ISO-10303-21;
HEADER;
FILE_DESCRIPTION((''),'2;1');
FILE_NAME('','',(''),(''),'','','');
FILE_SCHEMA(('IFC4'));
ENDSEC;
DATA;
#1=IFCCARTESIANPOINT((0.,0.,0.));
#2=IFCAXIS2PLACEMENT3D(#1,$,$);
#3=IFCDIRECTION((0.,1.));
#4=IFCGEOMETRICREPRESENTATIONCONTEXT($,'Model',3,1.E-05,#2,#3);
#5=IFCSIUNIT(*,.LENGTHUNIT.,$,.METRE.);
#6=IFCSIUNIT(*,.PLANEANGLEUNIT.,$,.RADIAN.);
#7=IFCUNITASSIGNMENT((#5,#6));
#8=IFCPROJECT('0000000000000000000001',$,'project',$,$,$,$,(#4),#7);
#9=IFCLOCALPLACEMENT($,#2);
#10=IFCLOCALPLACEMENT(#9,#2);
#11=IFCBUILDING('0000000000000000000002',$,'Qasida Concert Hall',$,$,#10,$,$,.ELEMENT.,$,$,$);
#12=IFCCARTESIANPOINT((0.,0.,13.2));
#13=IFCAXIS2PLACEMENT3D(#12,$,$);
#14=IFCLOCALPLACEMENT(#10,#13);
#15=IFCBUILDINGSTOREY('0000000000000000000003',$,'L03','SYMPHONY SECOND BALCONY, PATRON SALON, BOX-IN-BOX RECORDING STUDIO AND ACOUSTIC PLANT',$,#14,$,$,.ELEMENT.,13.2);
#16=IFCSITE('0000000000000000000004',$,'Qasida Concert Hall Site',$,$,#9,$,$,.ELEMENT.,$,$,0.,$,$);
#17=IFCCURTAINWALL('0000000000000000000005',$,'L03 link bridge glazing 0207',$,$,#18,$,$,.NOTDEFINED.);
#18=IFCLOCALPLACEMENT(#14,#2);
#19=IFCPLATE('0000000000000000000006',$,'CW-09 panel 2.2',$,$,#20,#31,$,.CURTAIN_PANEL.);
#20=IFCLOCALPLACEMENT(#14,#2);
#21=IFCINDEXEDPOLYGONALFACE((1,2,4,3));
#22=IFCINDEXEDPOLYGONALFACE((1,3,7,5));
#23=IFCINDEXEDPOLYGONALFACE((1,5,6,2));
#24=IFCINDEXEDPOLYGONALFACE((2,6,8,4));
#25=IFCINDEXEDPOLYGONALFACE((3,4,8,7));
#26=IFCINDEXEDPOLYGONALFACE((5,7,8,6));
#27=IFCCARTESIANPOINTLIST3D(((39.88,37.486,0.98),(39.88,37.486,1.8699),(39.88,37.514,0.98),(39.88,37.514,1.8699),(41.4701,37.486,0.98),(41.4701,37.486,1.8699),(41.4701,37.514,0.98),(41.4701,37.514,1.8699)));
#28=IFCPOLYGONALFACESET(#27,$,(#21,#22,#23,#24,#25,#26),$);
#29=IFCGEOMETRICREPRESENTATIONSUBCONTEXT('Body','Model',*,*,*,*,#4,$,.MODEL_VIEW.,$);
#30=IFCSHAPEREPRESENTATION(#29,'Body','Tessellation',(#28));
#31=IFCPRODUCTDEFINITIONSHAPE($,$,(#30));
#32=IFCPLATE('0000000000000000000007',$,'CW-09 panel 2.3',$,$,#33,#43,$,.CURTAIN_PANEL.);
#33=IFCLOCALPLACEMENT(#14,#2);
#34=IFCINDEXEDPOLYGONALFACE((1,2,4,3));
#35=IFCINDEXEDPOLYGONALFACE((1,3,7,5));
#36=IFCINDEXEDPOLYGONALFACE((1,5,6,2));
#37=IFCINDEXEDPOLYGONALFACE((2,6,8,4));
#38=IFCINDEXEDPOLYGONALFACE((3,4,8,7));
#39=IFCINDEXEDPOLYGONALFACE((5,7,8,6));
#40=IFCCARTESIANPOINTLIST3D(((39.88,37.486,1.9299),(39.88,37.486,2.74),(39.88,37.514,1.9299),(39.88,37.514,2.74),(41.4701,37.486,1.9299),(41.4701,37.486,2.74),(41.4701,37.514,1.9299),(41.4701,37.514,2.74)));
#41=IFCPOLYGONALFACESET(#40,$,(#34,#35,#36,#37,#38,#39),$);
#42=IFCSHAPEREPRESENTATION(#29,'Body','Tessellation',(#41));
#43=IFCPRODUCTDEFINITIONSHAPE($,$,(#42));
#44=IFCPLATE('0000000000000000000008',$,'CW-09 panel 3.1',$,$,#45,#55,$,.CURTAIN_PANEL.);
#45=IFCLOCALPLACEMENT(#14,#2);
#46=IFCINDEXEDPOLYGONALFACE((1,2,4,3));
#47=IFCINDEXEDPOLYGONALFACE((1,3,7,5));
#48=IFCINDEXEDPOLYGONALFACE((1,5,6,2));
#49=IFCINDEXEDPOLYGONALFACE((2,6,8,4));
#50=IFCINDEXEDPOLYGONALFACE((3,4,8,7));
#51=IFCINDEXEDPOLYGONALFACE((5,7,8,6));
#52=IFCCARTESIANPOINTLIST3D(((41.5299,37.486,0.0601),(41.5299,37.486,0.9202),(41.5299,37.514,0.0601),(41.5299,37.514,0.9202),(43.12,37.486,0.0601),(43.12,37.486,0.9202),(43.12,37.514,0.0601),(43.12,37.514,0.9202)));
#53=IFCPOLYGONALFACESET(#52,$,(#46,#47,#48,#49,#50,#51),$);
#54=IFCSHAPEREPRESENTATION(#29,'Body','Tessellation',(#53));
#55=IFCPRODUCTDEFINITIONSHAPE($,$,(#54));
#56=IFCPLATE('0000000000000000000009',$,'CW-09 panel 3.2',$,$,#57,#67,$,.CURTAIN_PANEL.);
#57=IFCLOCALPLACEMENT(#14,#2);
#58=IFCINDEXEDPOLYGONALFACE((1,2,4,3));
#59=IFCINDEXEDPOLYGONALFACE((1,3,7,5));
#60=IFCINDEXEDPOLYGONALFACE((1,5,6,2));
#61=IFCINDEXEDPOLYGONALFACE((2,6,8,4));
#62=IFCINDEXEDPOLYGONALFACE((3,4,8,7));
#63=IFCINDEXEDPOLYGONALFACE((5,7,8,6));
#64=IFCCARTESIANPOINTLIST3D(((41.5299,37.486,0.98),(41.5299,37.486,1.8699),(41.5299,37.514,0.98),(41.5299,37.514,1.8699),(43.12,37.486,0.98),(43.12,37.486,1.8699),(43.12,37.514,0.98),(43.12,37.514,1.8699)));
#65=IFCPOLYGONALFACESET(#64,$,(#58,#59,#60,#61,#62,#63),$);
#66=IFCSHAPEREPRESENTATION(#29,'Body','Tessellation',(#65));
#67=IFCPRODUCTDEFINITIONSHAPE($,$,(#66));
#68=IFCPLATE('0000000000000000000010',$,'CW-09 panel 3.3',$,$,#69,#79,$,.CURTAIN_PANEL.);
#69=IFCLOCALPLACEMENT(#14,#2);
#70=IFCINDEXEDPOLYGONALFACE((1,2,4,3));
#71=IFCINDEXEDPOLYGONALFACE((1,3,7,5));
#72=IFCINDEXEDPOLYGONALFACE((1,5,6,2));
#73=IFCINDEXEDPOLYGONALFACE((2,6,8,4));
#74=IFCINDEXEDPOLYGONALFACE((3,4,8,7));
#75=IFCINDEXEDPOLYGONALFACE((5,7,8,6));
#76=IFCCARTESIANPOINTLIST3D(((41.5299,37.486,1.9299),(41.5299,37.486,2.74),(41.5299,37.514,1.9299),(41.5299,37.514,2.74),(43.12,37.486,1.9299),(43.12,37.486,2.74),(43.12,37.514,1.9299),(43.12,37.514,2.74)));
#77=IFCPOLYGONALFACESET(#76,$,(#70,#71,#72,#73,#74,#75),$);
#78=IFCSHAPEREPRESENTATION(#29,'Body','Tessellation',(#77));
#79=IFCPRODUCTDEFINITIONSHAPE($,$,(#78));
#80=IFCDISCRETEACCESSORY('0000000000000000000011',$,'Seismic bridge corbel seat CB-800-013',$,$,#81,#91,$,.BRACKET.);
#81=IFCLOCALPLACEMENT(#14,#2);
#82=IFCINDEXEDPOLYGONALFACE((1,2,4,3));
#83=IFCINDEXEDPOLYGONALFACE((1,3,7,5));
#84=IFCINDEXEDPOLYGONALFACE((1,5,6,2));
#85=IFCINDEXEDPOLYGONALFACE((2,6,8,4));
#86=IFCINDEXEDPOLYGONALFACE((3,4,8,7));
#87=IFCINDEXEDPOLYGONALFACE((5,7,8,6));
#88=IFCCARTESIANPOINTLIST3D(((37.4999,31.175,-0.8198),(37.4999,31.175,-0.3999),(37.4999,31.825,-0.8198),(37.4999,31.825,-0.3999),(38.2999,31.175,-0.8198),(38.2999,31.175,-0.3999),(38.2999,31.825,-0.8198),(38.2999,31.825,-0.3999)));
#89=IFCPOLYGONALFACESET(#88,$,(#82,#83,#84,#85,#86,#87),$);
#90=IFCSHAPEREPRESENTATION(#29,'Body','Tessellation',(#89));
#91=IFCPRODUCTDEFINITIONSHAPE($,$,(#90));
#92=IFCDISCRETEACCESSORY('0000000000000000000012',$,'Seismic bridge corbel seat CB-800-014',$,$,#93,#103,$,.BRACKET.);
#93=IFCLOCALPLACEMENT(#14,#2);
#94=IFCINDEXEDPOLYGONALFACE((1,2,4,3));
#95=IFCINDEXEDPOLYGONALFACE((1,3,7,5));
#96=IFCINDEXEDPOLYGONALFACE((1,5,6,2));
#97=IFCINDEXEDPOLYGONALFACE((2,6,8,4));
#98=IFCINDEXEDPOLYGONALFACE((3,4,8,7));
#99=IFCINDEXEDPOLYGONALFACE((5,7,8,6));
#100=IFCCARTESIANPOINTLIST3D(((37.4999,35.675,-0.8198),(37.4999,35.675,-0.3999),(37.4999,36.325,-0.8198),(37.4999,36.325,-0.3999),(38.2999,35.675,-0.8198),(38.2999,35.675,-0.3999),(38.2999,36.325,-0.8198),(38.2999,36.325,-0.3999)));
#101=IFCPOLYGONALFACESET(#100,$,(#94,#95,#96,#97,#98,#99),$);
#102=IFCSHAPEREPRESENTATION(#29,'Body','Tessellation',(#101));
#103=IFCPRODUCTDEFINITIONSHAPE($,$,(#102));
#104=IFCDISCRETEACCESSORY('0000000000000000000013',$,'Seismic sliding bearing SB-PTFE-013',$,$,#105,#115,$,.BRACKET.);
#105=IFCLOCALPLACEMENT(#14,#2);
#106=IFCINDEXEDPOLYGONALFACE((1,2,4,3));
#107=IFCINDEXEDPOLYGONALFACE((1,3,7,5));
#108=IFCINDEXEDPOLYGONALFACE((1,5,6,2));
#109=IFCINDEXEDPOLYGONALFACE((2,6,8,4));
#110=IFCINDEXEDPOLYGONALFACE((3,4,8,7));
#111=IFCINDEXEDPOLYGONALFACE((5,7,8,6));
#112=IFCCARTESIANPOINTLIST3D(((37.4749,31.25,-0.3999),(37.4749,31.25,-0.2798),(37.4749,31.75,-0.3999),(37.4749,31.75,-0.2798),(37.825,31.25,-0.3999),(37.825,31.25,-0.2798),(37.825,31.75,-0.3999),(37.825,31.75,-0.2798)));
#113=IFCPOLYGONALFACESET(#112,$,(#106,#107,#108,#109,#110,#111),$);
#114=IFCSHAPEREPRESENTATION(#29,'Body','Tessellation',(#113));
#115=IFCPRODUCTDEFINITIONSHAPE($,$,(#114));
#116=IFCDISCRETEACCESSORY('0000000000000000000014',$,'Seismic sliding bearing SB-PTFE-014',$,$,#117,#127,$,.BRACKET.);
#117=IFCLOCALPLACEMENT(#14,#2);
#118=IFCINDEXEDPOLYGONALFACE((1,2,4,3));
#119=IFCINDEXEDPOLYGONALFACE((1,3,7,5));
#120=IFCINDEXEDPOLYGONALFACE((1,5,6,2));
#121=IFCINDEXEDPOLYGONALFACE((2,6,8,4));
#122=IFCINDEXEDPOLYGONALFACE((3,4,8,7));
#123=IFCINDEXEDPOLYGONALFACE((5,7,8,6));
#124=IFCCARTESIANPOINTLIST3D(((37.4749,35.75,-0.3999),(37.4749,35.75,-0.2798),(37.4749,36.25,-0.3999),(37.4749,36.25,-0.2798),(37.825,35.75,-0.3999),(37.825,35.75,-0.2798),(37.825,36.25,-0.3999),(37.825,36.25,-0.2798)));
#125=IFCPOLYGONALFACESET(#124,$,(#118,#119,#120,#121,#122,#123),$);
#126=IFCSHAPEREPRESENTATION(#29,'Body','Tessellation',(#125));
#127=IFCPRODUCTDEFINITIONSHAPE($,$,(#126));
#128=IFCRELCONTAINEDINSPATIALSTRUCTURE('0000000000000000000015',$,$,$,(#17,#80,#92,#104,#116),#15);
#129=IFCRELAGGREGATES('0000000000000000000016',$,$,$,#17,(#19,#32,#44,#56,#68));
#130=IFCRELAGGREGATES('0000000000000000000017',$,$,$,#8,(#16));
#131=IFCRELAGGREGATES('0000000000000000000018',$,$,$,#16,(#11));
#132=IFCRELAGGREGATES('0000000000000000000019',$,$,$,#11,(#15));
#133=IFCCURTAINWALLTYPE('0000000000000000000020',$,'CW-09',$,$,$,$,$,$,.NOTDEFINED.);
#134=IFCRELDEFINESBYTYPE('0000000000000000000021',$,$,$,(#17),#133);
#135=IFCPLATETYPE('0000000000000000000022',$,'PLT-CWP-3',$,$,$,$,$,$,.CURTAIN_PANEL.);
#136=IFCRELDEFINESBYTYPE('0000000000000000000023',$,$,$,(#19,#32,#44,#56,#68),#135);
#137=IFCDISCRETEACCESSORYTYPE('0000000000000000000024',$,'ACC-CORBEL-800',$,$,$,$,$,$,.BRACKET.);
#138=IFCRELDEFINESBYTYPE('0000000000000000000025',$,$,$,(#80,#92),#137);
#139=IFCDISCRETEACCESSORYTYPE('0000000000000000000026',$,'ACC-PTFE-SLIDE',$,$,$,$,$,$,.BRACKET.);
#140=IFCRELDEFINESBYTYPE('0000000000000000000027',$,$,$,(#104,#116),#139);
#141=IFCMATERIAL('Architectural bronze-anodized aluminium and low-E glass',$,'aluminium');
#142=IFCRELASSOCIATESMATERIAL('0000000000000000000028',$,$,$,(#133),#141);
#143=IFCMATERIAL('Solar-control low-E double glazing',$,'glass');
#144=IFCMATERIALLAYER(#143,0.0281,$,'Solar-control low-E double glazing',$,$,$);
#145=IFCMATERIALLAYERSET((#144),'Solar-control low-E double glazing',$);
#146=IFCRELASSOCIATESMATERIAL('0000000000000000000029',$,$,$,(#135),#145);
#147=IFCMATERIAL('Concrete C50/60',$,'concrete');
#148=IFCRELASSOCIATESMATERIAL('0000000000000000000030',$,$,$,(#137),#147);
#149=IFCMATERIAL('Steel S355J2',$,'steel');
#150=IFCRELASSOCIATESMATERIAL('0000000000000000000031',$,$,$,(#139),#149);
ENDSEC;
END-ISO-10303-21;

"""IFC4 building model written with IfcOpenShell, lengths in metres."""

from ifc_helpers import new_model, si_unit, direction, frame, origin, origin_2d, place, context, subcontext, project, spatial, rectangle, extrude, material, layer, layer_set, type_object, element, aggregate, save


model = new_model("IFC4")

# Units and contexts
model_context = context("Model", 3, precision=1e-05, world=origin(), true_north=direction((0.0, 1.0)))
body_context = subcontext(model_context, "Body", "Model", "MODEL_VIEW")
ifc_project = project(units=[si_unit("LENGTHUNIT", "METRE"), si_unit("PLANEANGLEUNIT", "RADIAN")], contexts=[model_context])

# Site, building, storey
site_placement = place(None, origin())
site = spatial("IfcSite", under=ifc_project, at=site_placement, Name="Qasida Concert Hall Site", CompositionType="ELEMENT", RefElevation=0.0)
building_placement = place(site_placement, origin())
building = spatial("IfcBuilding", under=site, at=building_placement, Name="Qasida Concert Hall", CompositionType="ELEMENT")
storey_placement = place(building_placement, frame((0.0, 0.0, 13.2)))
storey = spatial("IfcBuildingStorey", under=building, at=storey_placement, Name="L03", Description="SYMPHONY SECOND BALCONY, PATRON SALON, BOX-IN-BOX RECORDING STUDIO AND ACOUSTIC PLANT", CompositionType="ELEMENT", Elevation=13.2)

# Shared definitions
ifc_material_1 = material(Name="Concrete C50/60", Category="concrete")

# Curtain wall, plates
ifc_material_2 = material(Name="Architectural bronze-anodized aluminium and low-E glass", Category="aluminium")
curtain_wall_type = type_object("IfcCurtainWallType", Name="CW-09", PredefinedType="NOTDEFINED", material=ifc_material_2)
curtain_wall_placement = place(storey_placement, origin())
curtain_wall = element("IfcCurtainWall", 1, at=curtain_wall_placement, inside=storey, type_object=curtain_wall_type, Name="L03 link bridge glazing 0207", PredefinedType="NOTDEFINED")
ifc_material_3 = material(Name="Solar-control low-E double glazing", Category="glass")
ifc_layer_1 = layer(ifc_material_3, 0.0281, Name="Solar-control low-E double glazing")
ifc_layer_set_1 = layer_set([ifc_layer_1], Name="Solar-control low-E double glazing")
plate_type = type_object("IfcPlateType", Name="PLT-CWP-3", PredefinedType="CURTAIN_PANEL", material=ifc_layer_set_1)
plate_1_placement = place(storey_placement, frame((40.675, 37.5, 0.98), z_axis=(0.0, 0.0, 1.0), x_axis=(1.0, 0.0, 0.0)))
plate_1 = element("IfcPlate", 2, at=plate_1_placement, type_object=plate_type, Name="CW-09 panel 2.2", PredefinedType="CURTAIN_PANEL", context=body_context, shape_type="SweptSolid", body=[
    extrude(rectangle(XDim=1.5901, YDim=0.0281, at=origin_2d()), origin(), (0.0, 0.0, 1.0), 0.8899),
])
plate_2_placement = place(storey_placement, frame((40.675, 37.5, 1.9299), z_axis=(0.0, 0.0, 1.0), x_axis=(1.0, 0.0, 0.0)))
plate_2 = element("IfcPlate", 3, at=plate_2_placement, type_object=plate_type, Name="CW-09 panel 2.3", PredefinedType="CURTAIN_PANEL", context=body_context, shape_type="SweptSolid", body=[
    extrude(rectangle(XDim=1.5901, YDim=0.0281, at=origin_2d()), origin(), (0.0, 0.0, 1.0), 0.8101),
])
plate_3_placement = place(storey_placement, frame((42.325, 37.5, 0.0601), z_axis=(0.0, 0.0, 1.0), x_axis=(1.0, 0.0, 0.0)))
plate_3 = element("IfcPlate", 4, at=plate_3_placement, type_object=plate_type, Name="CW-09 panel 3.1", PredefinedType="CURTAIN_PANEL", context=body_context, shape_type="SweptSolid", body=[
    extrude(rectangle(XDim=1.5901, YDim=0.0281, at=origin_2d()), origin(), (0.0, 0.0, 1.0), 0.8601),
])
plate_4_placement = place(storey_placement, frame((42.325, 37.5, 0.98), z_axis=(0.0, 0.0, 1.0), x_axis=(1.0, 0.0, 0.0)))
plate_4 = element("IfcPlate", 5, at=plate_4_placement, type_object=plate_type, Name="CW-09 panel 3.2", PredefinedType="CURTAIN_PANEL", context=body_context, shape_type="SweptSolid", body=[
    extrude(rectangle(XDim=1.5901, YDim=0.0281, at=origin_2d()), origin(), (0.0, 0.0, 1.0), 0.8899),
])
plate_5_placement = place(storey_placement, frame((42.325, 37.5, 1.9299), z_axis=(0.0, 0.0, 1.0), x_axis=(1.0, 0.0, 0.0)))
plate_5 = element("IfcPlate", 6, at=plate_5_placement, type_object=plate_type, Name="CW-09 panel 3.3", PredefinedType="CURTAIN_PANEL", context=body_context, shape_type="SweptSolid", body=[
    extrude(rectangle(XDim=1.5901, YDim=0.0281, at=origin_2d()), origin(), (0.0, 0.0, 1.0), 0.8101),
])
aggregate(curtain_wall, [plate_1, plate_2, plate_3, plate_4, plate_5])

# Discrete accessories
discrete_accessory_type_1 = type_object("IfcDiscreteAccessoryType", Name="ACC-CORBEL-800", PredefinedType="BRACKET", material=ifc_material_1)
for number, where, z_axis, x_axis, name in (
    (7, (37.8999, 31.5, -0.8198), (0.0, 0.0, 1.0), (1.0, 0.0, 0.0), "Seismic bridge corbel seat CB-800-013"),
    (8, (37.8999, 36.0, -0.8198), (0.0, 0.0, 1.0), (1.0, 0.0, 0.0), "Seismic bridge corbel seat CB-800-014"),
):
    element("IfcDiscreteAccessory", number, at=place(storey_placement, frame(where, z_axis=z_axis, x_axis=x_axis)), inside=storey, type_object=discrete_accessory_type_1, Name=name, PredefinedType="BRACKET", context=body_context, shape_type="SweptSolid", body=[
        extrude(rectangle(XDim=0.8, YDim=0.6499, at=origin_2d()), origin(), (0.0, 0.0, 1.0), 0.4199),
    ])
ifc_material_4 = material(Name="Steel S355J2", Category="steel")
discrete_accessory_type_2 = type_object("IfcDiscreteAccessoryType", Name="ACC-PTFE-SLIDE", PredefinedType="BRACKET", material=ifc_material_4)
for number, where, z_axis, x_axis, name in (
    (9, (37.6499, 31.5, -0.3999), (0.0, 0.0, 1.0), (1.0, 0.0, 0.0), "Seismic sliding bearing SB-PTFE-013"),
    (10, (37.6499, 36.0, -0.3999), (0.0, 0.0, 1.0), (1.0, 0.0, 0.0), "Seismic sliding bearing SB-PTFE-014"),
):
    element("IfcDiscreteAccessory", number, at=place(storey_placement, frame(where, z_axis=z_axis, x_axis=x_axis)), inside=storey, type_object=discrete_accessory_type_2, Name=name, PredefinedType="BRACKET", context=body_context, shape_type="SweptSolid", body=[
        extrude(rectangle(XDim=0.3501, YDim=0.5, at=origin_2d()), origin(), (0.0, 0.0, 1.0), 0.1201),
    ])

save(model, "model.ifc")
